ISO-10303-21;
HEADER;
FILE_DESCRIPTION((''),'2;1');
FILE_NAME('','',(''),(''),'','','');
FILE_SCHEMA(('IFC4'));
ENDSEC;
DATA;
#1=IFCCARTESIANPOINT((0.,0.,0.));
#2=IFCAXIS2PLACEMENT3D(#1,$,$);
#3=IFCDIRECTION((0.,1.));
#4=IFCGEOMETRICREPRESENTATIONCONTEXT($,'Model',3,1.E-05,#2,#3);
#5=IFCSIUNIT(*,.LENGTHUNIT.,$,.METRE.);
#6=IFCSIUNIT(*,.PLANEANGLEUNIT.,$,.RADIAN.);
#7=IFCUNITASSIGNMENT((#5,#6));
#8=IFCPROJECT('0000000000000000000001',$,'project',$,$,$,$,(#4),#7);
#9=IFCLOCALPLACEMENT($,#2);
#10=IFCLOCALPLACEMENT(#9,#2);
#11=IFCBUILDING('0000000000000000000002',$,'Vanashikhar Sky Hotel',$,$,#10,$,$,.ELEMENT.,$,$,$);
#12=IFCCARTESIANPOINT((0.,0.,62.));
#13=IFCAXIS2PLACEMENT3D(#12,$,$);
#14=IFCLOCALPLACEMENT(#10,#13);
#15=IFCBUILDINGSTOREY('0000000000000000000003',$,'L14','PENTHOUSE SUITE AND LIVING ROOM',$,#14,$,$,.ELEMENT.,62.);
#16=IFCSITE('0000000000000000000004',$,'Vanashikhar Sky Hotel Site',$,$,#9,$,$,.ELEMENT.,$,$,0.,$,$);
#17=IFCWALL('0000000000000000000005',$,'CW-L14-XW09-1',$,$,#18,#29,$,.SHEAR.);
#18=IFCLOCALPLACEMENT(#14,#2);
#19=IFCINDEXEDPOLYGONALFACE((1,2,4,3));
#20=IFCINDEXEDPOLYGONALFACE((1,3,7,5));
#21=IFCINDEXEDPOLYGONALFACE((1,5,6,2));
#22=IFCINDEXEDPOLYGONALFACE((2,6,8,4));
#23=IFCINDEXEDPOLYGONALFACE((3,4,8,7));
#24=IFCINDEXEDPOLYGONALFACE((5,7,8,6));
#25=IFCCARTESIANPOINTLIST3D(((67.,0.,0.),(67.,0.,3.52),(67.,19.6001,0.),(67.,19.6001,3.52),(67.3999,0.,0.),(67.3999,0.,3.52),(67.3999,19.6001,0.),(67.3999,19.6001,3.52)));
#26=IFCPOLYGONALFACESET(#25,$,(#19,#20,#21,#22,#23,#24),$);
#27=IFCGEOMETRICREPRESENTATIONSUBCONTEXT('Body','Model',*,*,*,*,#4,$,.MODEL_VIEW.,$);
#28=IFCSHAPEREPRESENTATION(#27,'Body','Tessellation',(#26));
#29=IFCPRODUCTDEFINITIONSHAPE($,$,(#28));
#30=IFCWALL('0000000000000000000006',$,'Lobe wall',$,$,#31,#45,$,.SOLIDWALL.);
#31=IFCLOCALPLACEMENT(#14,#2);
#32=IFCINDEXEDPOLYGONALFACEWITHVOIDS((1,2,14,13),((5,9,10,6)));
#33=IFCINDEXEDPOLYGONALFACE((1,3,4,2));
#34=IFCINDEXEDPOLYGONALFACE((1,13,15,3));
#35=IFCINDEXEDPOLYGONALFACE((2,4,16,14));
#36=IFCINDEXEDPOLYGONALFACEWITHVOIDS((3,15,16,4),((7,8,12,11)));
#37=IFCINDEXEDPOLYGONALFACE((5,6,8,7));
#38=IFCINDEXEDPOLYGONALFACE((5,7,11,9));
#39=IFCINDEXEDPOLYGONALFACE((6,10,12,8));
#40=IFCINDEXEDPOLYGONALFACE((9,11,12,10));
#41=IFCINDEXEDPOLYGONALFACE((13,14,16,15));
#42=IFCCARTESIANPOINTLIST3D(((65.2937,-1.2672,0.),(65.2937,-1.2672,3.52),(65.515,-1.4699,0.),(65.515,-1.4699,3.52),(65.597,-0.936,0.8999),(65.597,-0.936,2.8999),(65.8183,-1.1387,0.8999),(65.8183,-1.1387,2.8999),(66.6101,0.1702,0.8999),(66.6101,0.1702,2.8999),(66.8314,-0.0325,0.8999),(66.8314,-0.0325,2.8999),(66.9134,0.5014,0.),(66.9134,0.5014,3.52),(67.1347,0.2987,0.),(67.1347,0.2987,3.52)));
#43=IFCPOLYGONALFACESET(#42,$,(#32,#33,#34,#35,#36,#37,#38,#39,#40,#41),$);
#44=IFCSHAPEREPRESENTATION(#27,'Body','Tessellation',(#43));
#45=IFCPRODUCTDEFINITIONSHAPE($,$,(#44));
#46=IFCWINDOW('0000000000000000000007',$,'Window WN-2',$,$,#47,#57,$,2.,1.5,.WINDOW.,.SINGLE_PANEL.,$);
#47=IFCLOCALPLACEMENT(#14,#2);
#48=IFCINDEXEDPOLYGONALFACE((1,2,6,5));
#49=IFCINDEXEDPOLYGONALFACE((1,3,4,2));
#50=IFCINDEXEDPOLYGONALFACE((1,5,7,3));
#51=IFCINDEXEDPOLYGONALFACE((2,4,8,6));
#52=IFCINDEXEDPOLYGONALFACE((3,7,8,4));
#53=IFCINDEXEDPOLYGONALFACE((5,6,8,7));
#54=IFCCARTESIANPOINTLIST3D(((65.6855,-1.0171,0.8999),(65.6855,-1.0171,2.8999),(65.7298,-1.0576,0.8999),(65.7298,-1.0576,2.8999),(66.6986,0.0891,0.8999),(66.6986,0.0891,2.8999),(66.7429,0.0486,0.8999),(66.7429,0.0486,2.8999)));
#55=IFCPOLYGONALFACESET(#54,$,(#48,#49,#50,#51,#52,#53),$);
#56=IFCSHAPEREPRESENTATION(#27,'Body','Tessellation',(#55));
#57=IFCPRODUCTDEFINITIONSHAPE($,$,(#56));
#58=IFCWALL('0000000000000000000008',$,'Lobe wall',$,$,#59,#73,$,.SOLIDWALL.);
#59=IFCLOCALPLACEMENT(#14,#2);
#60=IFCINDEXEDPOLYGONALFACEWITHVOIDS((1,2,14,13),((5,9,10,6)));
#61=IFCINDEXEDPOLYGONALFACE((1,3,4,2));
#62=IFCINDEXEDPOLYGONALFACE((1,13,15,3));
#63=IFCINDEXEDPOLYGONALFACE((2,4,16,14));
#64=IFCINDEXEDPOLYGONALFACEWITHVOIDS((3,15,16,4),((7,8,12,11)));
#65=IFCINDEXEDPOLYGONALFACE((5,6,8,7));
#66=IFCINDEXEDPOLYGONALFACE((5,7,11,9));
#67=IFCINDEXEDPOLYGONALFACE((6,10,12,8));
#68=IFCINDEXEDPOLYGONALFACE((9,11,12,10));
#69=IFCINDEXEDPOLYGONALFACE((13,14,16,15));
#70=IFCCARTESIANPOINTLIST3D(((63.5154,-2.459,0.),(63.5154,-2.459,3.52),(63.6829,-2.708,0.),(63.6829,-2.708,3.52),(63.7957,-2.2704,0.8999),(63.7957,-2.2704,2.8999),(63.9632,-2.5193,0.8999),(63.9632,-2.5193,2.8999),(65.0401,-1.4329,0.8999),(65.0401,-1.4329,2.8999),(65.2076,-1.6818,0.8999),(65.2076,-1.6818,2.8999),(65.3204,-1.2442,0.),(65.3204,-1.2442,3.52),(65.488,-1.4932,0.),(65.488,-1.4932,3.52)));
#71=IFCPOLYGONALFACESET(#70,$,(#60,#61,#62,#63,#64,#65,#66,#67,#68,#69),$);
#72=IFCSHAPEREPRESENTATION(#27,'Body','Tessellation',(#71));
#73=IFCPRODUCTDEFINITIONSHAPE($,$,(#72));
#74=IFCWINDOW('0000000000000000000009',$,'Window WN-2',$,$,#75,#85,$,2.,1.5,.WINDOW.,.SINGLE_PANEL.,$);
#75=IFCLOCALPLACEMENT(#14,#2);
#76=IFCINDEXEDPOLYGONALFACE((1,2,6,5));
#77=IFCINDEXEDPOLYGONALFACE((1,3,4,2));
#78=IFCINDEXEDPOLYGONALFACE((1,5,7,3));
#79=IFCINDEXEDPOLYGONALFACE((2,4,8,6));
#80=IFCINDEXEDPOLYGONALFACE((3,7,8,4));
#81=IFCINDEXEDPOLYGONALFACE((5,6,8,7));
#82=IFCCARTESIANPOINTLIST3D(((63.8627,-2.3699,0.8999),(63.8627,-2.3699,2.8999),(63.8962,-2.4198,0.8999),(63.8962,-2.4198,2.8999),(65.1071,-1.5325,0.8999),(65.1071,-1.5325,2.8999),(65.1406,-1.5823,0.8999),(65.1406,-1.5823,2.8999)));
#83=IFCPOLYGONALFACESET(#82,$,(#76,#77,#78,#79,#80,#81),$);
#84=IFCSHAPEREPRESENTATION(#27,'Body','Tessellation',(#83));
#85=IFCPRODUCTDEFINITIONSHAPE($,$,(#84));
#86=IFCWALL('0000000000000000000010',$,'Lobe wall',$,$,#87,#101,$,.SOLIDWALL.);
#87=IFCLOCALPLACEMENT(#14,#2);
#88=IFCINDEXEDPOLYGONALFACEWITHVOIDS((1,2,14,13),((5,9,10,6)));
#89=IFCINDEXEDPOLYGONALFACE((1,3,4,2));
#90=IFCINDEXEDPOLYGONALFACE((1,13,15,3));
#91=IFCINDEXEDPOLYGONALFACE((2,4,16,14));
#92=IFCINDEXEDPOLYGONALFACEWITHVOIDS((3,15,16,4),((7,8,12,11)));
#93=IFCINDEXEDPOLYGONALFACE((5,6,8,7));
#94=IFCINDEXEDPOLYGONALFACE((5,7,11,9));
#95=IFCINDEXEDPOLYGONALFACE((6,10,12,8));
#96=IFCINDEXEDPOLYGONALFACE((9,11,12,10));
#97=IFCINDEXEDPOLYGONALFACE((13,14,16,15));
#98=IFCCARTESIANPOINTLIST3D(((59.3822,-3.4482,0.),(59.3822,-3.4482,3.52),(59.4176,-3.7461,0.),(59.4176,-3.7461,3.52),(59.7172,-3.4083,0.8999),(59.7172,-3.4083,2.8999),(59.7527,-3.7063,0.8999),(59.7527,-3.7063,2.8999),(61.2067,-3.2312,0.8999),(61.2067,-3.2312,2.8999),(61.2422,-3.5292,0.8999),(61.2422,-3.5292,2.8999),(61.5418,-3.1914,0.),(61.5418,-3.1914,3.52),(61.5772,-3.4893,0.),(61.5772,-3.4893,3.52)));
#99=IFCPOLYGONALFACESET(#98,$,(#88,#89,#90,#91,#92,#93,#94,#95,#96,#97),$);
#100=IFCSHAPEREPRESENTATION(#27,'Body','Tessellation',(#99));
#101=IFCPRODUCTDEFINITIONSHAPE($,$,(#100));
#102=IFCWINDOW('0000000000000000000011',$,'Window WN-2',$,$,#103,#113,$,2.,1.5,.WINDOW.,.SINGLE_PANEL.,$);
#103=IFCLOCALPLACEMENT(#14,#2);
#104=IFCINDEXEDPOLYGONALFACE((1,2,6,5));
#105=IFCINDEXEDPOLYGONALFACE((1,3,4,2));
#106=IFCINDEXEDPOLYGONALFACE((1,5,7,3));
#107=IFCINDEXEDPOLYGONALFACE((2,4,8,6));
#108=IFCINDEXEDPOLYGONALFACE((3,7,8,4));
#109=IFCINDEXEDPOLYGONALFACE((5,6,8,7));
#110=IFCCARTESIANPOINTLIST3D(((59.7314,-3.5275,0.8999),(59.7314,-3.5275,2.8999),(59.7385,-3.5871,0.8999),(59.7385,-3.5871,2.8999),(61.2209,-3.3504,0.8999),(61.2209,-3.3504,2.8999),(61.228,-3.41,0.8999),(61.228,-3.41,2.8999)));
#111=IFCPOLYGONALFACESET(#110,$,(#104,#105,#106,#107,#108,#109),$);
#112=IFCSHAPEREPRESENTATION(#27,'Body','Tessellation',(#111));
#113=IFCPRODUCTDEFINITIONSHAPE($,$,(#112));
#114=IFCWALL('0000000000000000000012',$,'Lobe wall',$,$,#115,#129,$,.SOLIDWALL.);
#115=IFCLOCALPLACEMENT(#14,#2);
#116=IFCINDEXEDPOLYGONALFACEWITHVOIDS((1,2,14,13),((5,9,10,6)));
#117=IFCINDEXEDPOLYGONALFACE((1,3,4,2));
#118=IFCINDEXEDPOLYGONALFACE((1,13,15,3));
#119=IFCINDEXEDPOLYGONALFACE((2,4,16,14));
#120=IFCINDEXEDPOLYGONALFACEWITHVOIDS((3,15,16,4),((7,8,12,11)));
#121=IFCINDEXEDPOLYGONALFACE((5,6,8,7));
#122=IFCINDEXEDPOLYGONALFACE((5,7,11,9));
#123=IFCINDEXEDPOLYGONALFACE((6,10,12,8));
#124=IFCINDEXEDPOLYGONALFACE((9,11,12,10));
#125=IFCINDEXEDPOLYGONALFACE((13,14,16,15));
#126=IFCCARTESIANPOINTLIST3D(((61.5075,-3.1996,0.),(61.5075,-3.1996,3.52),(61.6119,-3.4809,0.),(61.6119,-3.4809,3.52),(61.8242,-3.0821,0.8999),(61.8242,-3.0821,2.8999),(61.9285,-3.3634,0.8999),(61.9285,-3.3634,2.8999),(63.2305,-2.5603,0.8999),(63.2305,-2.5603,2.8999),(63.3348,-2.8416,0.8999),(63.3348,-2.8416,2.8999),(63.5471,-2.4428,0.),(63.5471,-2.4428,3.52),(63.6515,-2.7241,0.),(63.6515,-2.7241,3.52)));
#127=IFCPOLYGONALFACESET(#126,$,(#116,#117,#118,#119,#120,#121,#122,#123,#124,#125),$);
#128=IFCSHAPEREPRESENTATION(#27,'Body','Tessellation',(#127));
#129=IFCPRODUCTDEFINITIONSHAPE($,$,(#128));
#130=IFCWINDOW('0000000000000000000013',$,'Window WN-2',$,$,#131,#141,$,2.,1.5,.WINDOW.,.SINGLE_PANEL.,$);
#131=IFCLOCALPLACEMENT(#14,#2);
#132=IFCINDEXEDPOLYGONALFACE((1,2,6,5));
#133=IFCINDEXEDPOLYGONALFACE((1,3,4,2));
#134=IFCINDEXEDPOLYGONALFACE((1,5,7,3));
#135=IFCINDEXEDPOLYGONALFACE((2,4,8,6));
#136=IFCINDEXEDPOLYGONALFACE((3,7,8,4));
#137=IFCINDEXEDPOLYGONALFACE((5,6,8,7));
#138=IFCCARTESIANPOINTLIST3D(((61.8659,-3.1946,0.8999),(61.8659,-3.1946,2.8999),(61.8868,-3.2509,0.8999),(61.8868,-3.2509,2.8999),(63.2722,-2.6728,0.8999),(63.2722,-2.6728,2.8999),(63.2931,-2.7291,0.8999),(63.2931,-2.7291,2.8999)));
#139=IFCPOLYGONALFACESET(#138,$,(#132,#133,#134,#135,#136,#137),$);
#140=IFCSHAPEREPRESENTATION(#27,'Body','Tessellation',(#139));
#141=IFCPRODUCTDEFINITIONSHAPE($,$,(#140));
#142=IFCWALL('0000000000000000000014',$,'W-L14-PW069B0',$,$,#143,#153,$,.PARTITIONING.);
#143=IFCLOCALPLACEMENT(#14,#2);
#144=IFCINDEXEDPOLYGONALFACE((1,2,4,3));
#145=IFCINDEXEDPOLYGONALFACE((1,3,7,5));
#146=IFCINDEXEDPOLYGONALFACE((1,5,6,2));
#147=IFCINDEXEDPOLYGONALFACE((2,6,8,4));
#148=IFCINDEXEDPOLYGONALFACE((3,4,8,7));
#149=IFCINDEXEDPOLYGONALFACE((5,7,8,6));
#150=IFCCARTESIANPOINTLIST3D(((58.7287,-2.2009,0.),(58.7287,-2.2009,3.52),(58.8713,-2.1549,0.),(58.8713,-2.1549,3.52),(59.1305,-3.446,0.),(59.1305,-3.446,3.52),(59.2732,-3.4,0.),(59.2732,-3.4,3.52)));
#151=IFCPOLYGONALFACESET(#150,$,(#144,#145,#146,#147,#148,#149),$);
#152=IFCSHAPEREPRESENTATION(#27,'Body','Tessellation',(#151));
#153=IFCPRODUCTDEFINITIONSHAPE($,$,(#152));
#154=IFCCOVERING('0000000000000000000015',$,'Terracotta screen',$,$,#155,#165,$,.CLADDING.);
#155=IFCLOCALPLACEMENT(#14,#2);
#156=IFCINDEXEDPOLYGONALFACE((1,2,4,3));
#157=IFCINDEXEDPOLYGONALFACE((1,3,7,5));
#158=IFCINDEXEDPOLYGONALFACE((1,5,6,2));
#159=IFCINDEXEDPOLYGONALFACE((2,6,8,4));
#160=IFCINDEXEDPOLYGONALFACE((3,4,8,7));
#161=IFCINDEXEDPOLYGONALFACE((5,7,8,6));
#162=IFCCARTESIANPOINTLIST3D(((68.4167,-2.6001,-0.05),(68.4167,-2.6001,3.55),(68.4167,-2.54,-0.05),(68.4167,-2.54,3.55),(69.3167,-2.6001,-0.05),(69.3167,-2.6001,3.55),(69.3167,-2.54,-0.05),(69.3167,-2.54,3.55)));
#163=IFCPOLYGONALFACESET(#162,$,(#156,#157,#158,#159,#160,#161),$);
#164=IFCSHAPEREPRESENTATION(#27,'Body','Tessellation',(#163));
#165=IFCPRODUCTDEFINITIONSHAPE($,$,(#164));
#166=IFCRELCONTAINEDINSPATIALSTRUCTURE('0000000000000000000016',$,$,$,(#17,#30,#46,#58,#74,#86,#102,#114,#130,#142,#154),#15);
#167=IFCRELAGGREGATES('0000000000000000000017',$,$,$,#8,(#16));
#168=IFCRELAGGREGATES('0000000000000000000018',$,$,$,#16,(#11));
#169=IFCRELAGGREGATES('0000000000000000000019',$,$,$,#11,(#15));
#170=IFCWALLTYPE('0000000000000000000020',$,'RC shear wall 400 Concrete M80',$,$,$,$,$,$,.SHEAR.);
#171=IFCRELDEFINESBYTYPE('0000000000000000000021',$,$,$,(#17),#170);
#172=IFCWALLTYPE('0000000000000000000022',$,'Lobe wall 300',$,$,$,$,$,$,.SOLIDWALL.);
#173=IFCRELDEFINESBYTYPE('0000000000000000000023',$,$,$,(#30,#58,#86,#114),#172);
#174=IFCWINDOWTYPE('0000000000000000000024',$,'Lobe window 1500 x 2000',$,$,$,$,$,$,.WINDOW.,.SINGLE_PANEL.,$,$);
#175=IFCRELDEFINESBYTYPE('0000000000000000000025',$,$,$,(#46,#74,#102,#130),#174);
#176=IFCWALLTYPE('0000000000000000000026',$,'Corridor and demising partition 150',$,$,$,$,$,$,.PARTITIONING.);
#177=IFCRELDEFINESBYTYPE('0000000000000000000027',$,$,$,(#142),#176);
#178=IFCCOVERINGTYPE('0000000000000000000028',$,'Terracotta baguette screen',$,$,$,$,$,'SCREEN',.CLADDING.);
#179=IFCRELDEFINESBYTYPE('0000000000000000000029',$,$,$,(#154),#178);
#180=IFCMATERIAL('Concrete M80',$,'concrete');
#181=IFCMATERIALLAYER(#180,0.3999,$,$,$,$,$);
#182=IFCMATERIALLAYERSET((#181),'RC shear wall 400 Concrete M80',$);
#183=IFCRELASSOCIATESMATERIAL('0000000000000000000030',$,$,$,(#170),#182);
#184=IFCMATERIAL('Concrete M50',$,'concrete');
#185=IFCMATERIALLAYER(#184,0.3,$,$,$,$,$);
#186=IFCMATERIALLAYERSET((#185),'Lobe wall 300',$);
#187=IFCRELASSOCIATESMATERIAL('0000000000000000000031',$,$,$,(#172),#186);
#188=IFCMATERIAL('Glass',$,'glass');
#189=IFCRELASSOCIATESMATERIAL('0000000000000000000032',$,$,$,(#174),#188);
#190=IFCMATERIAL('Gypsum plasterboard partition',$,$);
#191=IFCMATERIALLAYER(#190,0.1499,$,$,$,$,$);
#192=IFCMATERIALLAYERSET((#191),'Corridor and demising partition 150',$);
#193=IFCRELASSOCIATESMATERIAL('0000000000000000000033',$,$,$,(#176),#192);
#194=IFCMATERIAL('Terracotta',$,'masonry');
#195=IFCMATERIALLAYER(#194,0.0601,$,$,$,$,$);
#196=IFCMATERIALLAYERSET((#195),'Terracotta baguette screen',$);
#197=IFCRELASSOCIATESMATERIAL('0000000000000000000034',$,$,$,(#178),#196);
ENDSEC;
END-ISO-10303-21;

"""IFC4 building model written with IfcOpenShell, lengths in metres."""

from ifc_helpers import new_model, si_unit, direction, frame, frame_2d, origin, origin_2d, place, context, subcontext, project, spatial, rectangle, extrude, source, transform, mapped, material, layer, layer_set, type_object, element, fill, save


model = new_model("IFC4")

# Units and contexts
model_context = context("Model", 3, precision=1e-05, world=origin(), true_north=direction((0.0, 1.0)))
body_context = subcontext(model_context, "Body", "Model", "MODEL_VIEW")
ifc_project = project(units=[si_unit("LENGTHUNIT", "METRE"), si_unit("PLANEANGLEUNIT", "RADIAN")], contexts=[model_context])

# Site, building, storey
site_placement = place(None, origin())
site = spatial("IfcSite", under=ifc_project, at=site_placement, Name="Vanashikhar Sky Hotel Site", CompositionType="ELEMENT", RefElevation=0.0)
building_placement = place(site_placement, origin())
building = spatial("IfcBuilding", under=site, at=building_placement, Name="Vanashikhar Sky Hotel", CompositionType="ELEMENT")
storey_placement = place(building_placement, frame((0.0, 0.0, 62.0)))
storey = spatial("IfcBuildingStorey", under=building, at=storey_placement, Name="L14", Description="PENTHOUSE SUITE AND LIVING ROOM", CompositionType="ELEMENT", Elevation=62.0)

# Wall
ifc_material_1 = material(Name="Concrete M80", Category="concrete")
ifc_layer_1 = layer(ifc_material_1, 0.3999)
ifc_layer_set_1 = layer_set([ifc_layer_1], Name="RC shear wall 400 Concrete M80")
wall_type_1 = type_object("IfcWallType", Name="RC shear wall 400 Concrete M80", PredefinedType="SHEAR", material=ifc_layer_set_1)
shared_shape_1 = source(origin(), body_context, "Body", "SweptSolid", [
    extrude(rectangle(XDim=19.6001, YDim=0.3999, at=frame_2d((9.8, 0.0))), origin(), (0.0, 0.0, 1.0), 3.52),
])
wall_1_placement = place(storey_placement, frame((67.2, 0.0, 0.0), z_axis=(0.0, 0.0, 1.0), x_axis=(0.0, 1.0, 0.0)))
element("IfcWall", 1, at=wall_1_placement, inside=storey, type_object=wall_type_1, Name="CW-L14-XW09-1", PredefinedType="SHEAR", context=body_context, shape_type="MappedRepresentation", body=[
    mapped(shared_shape_1, transform((0.0, 0.0, 0.0), scale=1.0)),
])

# Walls, openings, windows
ifc_material_2 = material(Name="Concrete M50", Category="concrete")
ifc_layer_2 = layer(ifc_material_2, 0.3)
ifc_layer_set_2 = layer_set([ifc_layer_2], Name="Lobe wall 300")
wall_type_2 = type_object("IfcWallType", Name="Lobe wall 300", PredefinedType="SOLIDWALL", material=ifc_layer_set_2)
shared_shape_2 = source(origin(), body_context, "Body", "SweptSolid", [
    extrude(rectangle(XDim=2.3982, YDim=0.3, at=frame_2d((1.1992, 0.0))), origin(), (0.0, 0.0, 1.0), 3.52),
])
wall_2_placement = place(storey_placement, frame((65.4043, -1.3687, 0.0), z_axis=(0.0, 0.0, 1.0), x_axis=(0.675374, 0.737475, 0.0)))
wall_2 = element("IfcWall", 2, at=wall_2_placement, inside=storey, type_object=wall_type_2, Name="Lobe wall", PredefinedType="SOLIDWALL", context=body_context, shape_type="MappedRepresentation", body=[
    mapped(shared_shape_2, transform((0.0, 0.0, 0.0), scale=1.0)),
])
shared_shape_3 = source(origin(), body_context, "Body", "SweptSolid", [
    extrude(rectangle(XDim=1.5, YDim=2.0, at=frame_2d((0.75, 1.0))), frame((0.0, 0.1602, 0.0), z_axis=(0.0, -1.0, 0.0), x_axis=(1.0, 0.0, 0.0)), (0.0, 0.0, 1.0), 0.3201),
])
opening_1_placement = place(wall_2_placement, frame((0.4492, 0.0, 0.8999)))
opening_1 = element("IfcOpeningElement", 3, at=opening_1_placement, cuts=wall_2, PredefinedType="OPENING", context=body_context, shape_type="MappedRepresentation", body=[
    mapped(shared_shape_3, transform((0.0, 0.0, 0.0), scale=1.0)),
])
ifc_material_3 = material(Name="Glass", Category="glass")
window_type = type_object("IfcWindowType", Name="Lobe window 1500 x 2000", PartitioningType="SINGLE_PANEL", PredefinedType="WINDOW", material=ifc_material_3)
shared_shape_4 = source(origin(), body_context, "Body", "SweptSolid", [
    extrude(rectangle(XDim=1.5, YDim=2.0, at=frame_2d((0.75, 1.0))), frame((0.0, 0.03, 0.0), z_axis=(0.0, -1.0, 0.0), x_axis=(1.0, 0.0, 0.0)), (0.0, 0.0, 1.0), 0.0601),
])
window_1_placement = place(opening_1_placement, origin())
window_1 = element("IfcWindow", 4, at=window_1_placement, inside=storey, type_object=window_type, Name="Window WN-2", OverallHeight=2.0, OverallWidth=1.5, PartitioningType="SINGLE_PANEL", PredefinedType="WINDOW", context=body_context, shape_type="MappedRepresentation", body=[
    mapped(shared_shape_4, transform((0.0, 0.0, 0.0), scale=1.0)),
])
fill(opening_1, window_1)
shared_shape_5 = source(origin(), body_context, "Body", "SweptSolid", [
    extrude(rectangle(XDim=2.1758, YDim=0.3, at=frame_2d((1.0879, 0.0))), origin(), (0.0, 0.0, 1.0), 3.52),
])
wall_3_placement = place(storey_placement, frame((63.5991, -2.5835, 0.0), z_axis=(0.0, 0.0, 1.0), x_axis=(0.829626, 0.55832, 0.0)))
wall_3 = element("IfcWall", 5, at=wall_3_placement, inside=storey, type_object=wall_type_2, Name="Lobe wall", PredefinedType="SOLIDWALL", context=body_context, shape_type="MappedRepresentation", body=[
    mapped(shared_shape_5, transform((0.0, 0.0, 0.0), scale=1.0)),
])
opening_2_placement = place(wall_3_placement, frame((0.3379, 0.0, 0.8999)))
opening_2 = element("IfcOpeningElement", 6, at=opening_2_placement, cuts=wall_3, PredefinedType="OPENING", context=body_context, shape_type="MappedRepresentation", body=[
    mapped(shared_shape_3, transform((0.0, 0.0, 0.0), scale=1.0)),
])
window_2_placement = place(opening_2_placement, origin())
window_2 = element("IfcWindow", 7, at=window_2_placement, inside=storey, type_object=window_type, Name="Window WN-2", OverallHeight=2.0, OverallWidth=1.5, PartitioningType="SINGLE_PANEL", PredefinedType="WINDOW", context=body_context, shape_type="MappedRepresentation", body=[
    mapped(shared_shape_4, transform((0.0, 0.0, 0.0), scale=1.0)),
])
fill(opening_2, window_2)
shared_shape_6 = source(origin(), body_context, "Body", "SweptSolid", [
    extrude(rectangle(XDim=2.1748, YDim=0.3, at=frame_2d((1.0874, 0.0))), origin(), (0.0, 0.0, 1.0), 3.52),
])
wall_4_placement = place(storey_placement, frame((59.3999, -3.5972, 0.0), z_axis=(0.0, 0.0, 1.0), x_axis=(0.993003, 0.118092, 0.0)))
wall_4 = element("IfcWall", 8, at=wall_4_placement, inside=storey, type_object=wall_type_2, Name="Lobe wall", PredefinedType="SOLIDWALL", context=body_context, shape_type="MappedRepresentation", body=[
    mapped(shared_shape_6, transform((0.0, 0.0, 0.0), scale=1.0)),
])
opening_3_placement = place(wall_4_placement, frame((0.3374, 0.0, 0.8999)))
opening_3 = element("IfcOpeningElement", 9, at=opening_3_placement, cuts=wall_4, PredefinedType="OPENING", context=body_context, shape_type="MappedRepresentation", body=[
    mapped(shared_shape_3, transform((0.0, 0.0, 0.0), scale=1.0)),
])
window_3_placement = place(opening_3_placement, origin())
window_3 = element("IfcWindow", 10, at=window_3_placement, inside=storey, type_object=window_type, Name="Window WN-2", OverallHeight=2.0, OverallWidth=1.5, PartitioningType="SINGLE_PANEL", PredefinedType="WINDOW", context=body_context, shape_type="MappedRepresentation", body=[
    mapped(shared_shape_4, transform((0.0, 0.0, 0.0), scale=1.0)),
])
fill(opening_3, window_3)
shared_shape_7 = source(origin(), body_context, "Body", "SweptSolid", [
    extrude(rectangle(XDim=2.1755, YDim=0.3, at=frame_2d((1.0879, 0.0))), origin(), (0.0, 0.0, 1.0), 3.52),
])
wall_5_placement = place(storey_placement, frame((61.5596, -3.3403, 0.0), z_axis=(0.0, 0.0, 1.0), x_axis=(0.937532, 0.347899, 0.0)))
wall_5 = element("IfcWall", 11, at=wall_5_placement, inside=storey, type_object=wall_type_2, Name="Lobe wall", PredefinedType="SOLIDWALL", context=body_context, shape_type="MappedRepresentation", body=[
    mapped(shared_shape_7, transform((0.0, 0.0, 0.0), scale=1.0)),
])
opening_4_placement = place(wall_5_placement, frame((0.3379, 0.0, 0.8999)))
opening_4 = element("IfcOpeningElement", 12, at=opening_4_placement, cuts=wall_5, PredefinedType="OPENING", context=body_context, shape_type="MappedRepresentation", body=[
    mapped(shared_shape_3, transform((0.0, 0.0, 0.0), scale=1.0)),
])
window_4_placement = place(opening_4_placement, origin())
window_4 = element("IfcWindow", 13, at=window_4_placement, inside=storey, type_object=window_type, Name="Window WN-2", OverallHeight=2.0, OverallWidth=1.5, PartitioningType="SINGLE_PANEL", PredefinedType="WINDOW", context=body_context, shape_type="MappedRepresentation", body=[
    mapped(shared_shape_4, transform((0.0, 0.0, 0.0), scale=1.0)),
])
fill(opening_4, window_4)

# Wall
ifc_material_4 = material(Name="Gypsum plasterboard partition")
ifc_layer_3 = layer(ifc_material_4, 0.1499)
ifc_layer_set_3 = layer_set([ifc_layer_3], Name="Corridor and demising partition 150")
wall_type_3 = type_object("IfcWallType", Name="Corridor and demising partition 150", PredefinedType="PARTITIONING", material=ifc_layer_set_3)
shared_shape_8 = source(origin(), body_context, "Body", "SweptSolid", [
    extrude(rectangle(XDim=1.3083, YDim=0.1499, at=frame_2d((0.6543, 0.0))), origin(), (0.0, 0.0, 1.0), 3.52),
])
wall_6_placement = place(storey_placement, frame((59.2019, -3.4231, 0.0), z_axis=(0.0, 0.0, 1.0), x_axis=(-0.307145, 0.951663, 0.0)))
element("IfcWall", 14, at=wall_6_placement, inside=storey, type_object=wall_type_3, Name="W-L14-PW069B0", PredefinedType="PARTITIONING", context=body_context, shape_type="MappedRepresentation", body=[
    mapped(shared_shape_8, transform((0.0, 0.0, 0.0), scale=1.0)),
])

# Covering
ifc_material_5 = material(Name="Terracotta", Category="masonry")
ifc_layer_4 = layer(ifc_material_5, 0.0601)
ifc_layer_set_4 = layer_set([ifc_layer_4], Name="Terracotta baguette screen")
covering_type_1 = type_object("IfcCoveringType", Name="Terracotta baguette screen", ElementType="SCREEN", PredefinedType="CLADDING", material=ifc_layer_set_4)
shared_shape_9 = source(origin(), body_context, "Body", "SweptSolid", [
    extrude(rectangle(XDim=0.8999, YDim=0.0601, at=origin_2d()), origin(), (0.0, 0.0, 1.0), 3.6001),
])
for number, where, z_axis, x_axis, name in (
    (15, (68.8667, -2.5701, -0.05), (0.0, 0.0, 1.0), (1.0, 0.0, 0.0), "Terracotta screen"),
):
    element("IfcCovering", number, at=place(storey_placement, frame(where, z_axis=z_axis, x_axis=x_axis)), inside=storey, type_object=covering_type_1, Name=name, PredefinedType="CLADDING", context=body_context, shape_type="MappedRepresentation", body=[
        mapped(shared_shape_9, transform((0.0, 0.0, 0.0), scale=1.0)),
    ])

save(model, "model.ifc")
